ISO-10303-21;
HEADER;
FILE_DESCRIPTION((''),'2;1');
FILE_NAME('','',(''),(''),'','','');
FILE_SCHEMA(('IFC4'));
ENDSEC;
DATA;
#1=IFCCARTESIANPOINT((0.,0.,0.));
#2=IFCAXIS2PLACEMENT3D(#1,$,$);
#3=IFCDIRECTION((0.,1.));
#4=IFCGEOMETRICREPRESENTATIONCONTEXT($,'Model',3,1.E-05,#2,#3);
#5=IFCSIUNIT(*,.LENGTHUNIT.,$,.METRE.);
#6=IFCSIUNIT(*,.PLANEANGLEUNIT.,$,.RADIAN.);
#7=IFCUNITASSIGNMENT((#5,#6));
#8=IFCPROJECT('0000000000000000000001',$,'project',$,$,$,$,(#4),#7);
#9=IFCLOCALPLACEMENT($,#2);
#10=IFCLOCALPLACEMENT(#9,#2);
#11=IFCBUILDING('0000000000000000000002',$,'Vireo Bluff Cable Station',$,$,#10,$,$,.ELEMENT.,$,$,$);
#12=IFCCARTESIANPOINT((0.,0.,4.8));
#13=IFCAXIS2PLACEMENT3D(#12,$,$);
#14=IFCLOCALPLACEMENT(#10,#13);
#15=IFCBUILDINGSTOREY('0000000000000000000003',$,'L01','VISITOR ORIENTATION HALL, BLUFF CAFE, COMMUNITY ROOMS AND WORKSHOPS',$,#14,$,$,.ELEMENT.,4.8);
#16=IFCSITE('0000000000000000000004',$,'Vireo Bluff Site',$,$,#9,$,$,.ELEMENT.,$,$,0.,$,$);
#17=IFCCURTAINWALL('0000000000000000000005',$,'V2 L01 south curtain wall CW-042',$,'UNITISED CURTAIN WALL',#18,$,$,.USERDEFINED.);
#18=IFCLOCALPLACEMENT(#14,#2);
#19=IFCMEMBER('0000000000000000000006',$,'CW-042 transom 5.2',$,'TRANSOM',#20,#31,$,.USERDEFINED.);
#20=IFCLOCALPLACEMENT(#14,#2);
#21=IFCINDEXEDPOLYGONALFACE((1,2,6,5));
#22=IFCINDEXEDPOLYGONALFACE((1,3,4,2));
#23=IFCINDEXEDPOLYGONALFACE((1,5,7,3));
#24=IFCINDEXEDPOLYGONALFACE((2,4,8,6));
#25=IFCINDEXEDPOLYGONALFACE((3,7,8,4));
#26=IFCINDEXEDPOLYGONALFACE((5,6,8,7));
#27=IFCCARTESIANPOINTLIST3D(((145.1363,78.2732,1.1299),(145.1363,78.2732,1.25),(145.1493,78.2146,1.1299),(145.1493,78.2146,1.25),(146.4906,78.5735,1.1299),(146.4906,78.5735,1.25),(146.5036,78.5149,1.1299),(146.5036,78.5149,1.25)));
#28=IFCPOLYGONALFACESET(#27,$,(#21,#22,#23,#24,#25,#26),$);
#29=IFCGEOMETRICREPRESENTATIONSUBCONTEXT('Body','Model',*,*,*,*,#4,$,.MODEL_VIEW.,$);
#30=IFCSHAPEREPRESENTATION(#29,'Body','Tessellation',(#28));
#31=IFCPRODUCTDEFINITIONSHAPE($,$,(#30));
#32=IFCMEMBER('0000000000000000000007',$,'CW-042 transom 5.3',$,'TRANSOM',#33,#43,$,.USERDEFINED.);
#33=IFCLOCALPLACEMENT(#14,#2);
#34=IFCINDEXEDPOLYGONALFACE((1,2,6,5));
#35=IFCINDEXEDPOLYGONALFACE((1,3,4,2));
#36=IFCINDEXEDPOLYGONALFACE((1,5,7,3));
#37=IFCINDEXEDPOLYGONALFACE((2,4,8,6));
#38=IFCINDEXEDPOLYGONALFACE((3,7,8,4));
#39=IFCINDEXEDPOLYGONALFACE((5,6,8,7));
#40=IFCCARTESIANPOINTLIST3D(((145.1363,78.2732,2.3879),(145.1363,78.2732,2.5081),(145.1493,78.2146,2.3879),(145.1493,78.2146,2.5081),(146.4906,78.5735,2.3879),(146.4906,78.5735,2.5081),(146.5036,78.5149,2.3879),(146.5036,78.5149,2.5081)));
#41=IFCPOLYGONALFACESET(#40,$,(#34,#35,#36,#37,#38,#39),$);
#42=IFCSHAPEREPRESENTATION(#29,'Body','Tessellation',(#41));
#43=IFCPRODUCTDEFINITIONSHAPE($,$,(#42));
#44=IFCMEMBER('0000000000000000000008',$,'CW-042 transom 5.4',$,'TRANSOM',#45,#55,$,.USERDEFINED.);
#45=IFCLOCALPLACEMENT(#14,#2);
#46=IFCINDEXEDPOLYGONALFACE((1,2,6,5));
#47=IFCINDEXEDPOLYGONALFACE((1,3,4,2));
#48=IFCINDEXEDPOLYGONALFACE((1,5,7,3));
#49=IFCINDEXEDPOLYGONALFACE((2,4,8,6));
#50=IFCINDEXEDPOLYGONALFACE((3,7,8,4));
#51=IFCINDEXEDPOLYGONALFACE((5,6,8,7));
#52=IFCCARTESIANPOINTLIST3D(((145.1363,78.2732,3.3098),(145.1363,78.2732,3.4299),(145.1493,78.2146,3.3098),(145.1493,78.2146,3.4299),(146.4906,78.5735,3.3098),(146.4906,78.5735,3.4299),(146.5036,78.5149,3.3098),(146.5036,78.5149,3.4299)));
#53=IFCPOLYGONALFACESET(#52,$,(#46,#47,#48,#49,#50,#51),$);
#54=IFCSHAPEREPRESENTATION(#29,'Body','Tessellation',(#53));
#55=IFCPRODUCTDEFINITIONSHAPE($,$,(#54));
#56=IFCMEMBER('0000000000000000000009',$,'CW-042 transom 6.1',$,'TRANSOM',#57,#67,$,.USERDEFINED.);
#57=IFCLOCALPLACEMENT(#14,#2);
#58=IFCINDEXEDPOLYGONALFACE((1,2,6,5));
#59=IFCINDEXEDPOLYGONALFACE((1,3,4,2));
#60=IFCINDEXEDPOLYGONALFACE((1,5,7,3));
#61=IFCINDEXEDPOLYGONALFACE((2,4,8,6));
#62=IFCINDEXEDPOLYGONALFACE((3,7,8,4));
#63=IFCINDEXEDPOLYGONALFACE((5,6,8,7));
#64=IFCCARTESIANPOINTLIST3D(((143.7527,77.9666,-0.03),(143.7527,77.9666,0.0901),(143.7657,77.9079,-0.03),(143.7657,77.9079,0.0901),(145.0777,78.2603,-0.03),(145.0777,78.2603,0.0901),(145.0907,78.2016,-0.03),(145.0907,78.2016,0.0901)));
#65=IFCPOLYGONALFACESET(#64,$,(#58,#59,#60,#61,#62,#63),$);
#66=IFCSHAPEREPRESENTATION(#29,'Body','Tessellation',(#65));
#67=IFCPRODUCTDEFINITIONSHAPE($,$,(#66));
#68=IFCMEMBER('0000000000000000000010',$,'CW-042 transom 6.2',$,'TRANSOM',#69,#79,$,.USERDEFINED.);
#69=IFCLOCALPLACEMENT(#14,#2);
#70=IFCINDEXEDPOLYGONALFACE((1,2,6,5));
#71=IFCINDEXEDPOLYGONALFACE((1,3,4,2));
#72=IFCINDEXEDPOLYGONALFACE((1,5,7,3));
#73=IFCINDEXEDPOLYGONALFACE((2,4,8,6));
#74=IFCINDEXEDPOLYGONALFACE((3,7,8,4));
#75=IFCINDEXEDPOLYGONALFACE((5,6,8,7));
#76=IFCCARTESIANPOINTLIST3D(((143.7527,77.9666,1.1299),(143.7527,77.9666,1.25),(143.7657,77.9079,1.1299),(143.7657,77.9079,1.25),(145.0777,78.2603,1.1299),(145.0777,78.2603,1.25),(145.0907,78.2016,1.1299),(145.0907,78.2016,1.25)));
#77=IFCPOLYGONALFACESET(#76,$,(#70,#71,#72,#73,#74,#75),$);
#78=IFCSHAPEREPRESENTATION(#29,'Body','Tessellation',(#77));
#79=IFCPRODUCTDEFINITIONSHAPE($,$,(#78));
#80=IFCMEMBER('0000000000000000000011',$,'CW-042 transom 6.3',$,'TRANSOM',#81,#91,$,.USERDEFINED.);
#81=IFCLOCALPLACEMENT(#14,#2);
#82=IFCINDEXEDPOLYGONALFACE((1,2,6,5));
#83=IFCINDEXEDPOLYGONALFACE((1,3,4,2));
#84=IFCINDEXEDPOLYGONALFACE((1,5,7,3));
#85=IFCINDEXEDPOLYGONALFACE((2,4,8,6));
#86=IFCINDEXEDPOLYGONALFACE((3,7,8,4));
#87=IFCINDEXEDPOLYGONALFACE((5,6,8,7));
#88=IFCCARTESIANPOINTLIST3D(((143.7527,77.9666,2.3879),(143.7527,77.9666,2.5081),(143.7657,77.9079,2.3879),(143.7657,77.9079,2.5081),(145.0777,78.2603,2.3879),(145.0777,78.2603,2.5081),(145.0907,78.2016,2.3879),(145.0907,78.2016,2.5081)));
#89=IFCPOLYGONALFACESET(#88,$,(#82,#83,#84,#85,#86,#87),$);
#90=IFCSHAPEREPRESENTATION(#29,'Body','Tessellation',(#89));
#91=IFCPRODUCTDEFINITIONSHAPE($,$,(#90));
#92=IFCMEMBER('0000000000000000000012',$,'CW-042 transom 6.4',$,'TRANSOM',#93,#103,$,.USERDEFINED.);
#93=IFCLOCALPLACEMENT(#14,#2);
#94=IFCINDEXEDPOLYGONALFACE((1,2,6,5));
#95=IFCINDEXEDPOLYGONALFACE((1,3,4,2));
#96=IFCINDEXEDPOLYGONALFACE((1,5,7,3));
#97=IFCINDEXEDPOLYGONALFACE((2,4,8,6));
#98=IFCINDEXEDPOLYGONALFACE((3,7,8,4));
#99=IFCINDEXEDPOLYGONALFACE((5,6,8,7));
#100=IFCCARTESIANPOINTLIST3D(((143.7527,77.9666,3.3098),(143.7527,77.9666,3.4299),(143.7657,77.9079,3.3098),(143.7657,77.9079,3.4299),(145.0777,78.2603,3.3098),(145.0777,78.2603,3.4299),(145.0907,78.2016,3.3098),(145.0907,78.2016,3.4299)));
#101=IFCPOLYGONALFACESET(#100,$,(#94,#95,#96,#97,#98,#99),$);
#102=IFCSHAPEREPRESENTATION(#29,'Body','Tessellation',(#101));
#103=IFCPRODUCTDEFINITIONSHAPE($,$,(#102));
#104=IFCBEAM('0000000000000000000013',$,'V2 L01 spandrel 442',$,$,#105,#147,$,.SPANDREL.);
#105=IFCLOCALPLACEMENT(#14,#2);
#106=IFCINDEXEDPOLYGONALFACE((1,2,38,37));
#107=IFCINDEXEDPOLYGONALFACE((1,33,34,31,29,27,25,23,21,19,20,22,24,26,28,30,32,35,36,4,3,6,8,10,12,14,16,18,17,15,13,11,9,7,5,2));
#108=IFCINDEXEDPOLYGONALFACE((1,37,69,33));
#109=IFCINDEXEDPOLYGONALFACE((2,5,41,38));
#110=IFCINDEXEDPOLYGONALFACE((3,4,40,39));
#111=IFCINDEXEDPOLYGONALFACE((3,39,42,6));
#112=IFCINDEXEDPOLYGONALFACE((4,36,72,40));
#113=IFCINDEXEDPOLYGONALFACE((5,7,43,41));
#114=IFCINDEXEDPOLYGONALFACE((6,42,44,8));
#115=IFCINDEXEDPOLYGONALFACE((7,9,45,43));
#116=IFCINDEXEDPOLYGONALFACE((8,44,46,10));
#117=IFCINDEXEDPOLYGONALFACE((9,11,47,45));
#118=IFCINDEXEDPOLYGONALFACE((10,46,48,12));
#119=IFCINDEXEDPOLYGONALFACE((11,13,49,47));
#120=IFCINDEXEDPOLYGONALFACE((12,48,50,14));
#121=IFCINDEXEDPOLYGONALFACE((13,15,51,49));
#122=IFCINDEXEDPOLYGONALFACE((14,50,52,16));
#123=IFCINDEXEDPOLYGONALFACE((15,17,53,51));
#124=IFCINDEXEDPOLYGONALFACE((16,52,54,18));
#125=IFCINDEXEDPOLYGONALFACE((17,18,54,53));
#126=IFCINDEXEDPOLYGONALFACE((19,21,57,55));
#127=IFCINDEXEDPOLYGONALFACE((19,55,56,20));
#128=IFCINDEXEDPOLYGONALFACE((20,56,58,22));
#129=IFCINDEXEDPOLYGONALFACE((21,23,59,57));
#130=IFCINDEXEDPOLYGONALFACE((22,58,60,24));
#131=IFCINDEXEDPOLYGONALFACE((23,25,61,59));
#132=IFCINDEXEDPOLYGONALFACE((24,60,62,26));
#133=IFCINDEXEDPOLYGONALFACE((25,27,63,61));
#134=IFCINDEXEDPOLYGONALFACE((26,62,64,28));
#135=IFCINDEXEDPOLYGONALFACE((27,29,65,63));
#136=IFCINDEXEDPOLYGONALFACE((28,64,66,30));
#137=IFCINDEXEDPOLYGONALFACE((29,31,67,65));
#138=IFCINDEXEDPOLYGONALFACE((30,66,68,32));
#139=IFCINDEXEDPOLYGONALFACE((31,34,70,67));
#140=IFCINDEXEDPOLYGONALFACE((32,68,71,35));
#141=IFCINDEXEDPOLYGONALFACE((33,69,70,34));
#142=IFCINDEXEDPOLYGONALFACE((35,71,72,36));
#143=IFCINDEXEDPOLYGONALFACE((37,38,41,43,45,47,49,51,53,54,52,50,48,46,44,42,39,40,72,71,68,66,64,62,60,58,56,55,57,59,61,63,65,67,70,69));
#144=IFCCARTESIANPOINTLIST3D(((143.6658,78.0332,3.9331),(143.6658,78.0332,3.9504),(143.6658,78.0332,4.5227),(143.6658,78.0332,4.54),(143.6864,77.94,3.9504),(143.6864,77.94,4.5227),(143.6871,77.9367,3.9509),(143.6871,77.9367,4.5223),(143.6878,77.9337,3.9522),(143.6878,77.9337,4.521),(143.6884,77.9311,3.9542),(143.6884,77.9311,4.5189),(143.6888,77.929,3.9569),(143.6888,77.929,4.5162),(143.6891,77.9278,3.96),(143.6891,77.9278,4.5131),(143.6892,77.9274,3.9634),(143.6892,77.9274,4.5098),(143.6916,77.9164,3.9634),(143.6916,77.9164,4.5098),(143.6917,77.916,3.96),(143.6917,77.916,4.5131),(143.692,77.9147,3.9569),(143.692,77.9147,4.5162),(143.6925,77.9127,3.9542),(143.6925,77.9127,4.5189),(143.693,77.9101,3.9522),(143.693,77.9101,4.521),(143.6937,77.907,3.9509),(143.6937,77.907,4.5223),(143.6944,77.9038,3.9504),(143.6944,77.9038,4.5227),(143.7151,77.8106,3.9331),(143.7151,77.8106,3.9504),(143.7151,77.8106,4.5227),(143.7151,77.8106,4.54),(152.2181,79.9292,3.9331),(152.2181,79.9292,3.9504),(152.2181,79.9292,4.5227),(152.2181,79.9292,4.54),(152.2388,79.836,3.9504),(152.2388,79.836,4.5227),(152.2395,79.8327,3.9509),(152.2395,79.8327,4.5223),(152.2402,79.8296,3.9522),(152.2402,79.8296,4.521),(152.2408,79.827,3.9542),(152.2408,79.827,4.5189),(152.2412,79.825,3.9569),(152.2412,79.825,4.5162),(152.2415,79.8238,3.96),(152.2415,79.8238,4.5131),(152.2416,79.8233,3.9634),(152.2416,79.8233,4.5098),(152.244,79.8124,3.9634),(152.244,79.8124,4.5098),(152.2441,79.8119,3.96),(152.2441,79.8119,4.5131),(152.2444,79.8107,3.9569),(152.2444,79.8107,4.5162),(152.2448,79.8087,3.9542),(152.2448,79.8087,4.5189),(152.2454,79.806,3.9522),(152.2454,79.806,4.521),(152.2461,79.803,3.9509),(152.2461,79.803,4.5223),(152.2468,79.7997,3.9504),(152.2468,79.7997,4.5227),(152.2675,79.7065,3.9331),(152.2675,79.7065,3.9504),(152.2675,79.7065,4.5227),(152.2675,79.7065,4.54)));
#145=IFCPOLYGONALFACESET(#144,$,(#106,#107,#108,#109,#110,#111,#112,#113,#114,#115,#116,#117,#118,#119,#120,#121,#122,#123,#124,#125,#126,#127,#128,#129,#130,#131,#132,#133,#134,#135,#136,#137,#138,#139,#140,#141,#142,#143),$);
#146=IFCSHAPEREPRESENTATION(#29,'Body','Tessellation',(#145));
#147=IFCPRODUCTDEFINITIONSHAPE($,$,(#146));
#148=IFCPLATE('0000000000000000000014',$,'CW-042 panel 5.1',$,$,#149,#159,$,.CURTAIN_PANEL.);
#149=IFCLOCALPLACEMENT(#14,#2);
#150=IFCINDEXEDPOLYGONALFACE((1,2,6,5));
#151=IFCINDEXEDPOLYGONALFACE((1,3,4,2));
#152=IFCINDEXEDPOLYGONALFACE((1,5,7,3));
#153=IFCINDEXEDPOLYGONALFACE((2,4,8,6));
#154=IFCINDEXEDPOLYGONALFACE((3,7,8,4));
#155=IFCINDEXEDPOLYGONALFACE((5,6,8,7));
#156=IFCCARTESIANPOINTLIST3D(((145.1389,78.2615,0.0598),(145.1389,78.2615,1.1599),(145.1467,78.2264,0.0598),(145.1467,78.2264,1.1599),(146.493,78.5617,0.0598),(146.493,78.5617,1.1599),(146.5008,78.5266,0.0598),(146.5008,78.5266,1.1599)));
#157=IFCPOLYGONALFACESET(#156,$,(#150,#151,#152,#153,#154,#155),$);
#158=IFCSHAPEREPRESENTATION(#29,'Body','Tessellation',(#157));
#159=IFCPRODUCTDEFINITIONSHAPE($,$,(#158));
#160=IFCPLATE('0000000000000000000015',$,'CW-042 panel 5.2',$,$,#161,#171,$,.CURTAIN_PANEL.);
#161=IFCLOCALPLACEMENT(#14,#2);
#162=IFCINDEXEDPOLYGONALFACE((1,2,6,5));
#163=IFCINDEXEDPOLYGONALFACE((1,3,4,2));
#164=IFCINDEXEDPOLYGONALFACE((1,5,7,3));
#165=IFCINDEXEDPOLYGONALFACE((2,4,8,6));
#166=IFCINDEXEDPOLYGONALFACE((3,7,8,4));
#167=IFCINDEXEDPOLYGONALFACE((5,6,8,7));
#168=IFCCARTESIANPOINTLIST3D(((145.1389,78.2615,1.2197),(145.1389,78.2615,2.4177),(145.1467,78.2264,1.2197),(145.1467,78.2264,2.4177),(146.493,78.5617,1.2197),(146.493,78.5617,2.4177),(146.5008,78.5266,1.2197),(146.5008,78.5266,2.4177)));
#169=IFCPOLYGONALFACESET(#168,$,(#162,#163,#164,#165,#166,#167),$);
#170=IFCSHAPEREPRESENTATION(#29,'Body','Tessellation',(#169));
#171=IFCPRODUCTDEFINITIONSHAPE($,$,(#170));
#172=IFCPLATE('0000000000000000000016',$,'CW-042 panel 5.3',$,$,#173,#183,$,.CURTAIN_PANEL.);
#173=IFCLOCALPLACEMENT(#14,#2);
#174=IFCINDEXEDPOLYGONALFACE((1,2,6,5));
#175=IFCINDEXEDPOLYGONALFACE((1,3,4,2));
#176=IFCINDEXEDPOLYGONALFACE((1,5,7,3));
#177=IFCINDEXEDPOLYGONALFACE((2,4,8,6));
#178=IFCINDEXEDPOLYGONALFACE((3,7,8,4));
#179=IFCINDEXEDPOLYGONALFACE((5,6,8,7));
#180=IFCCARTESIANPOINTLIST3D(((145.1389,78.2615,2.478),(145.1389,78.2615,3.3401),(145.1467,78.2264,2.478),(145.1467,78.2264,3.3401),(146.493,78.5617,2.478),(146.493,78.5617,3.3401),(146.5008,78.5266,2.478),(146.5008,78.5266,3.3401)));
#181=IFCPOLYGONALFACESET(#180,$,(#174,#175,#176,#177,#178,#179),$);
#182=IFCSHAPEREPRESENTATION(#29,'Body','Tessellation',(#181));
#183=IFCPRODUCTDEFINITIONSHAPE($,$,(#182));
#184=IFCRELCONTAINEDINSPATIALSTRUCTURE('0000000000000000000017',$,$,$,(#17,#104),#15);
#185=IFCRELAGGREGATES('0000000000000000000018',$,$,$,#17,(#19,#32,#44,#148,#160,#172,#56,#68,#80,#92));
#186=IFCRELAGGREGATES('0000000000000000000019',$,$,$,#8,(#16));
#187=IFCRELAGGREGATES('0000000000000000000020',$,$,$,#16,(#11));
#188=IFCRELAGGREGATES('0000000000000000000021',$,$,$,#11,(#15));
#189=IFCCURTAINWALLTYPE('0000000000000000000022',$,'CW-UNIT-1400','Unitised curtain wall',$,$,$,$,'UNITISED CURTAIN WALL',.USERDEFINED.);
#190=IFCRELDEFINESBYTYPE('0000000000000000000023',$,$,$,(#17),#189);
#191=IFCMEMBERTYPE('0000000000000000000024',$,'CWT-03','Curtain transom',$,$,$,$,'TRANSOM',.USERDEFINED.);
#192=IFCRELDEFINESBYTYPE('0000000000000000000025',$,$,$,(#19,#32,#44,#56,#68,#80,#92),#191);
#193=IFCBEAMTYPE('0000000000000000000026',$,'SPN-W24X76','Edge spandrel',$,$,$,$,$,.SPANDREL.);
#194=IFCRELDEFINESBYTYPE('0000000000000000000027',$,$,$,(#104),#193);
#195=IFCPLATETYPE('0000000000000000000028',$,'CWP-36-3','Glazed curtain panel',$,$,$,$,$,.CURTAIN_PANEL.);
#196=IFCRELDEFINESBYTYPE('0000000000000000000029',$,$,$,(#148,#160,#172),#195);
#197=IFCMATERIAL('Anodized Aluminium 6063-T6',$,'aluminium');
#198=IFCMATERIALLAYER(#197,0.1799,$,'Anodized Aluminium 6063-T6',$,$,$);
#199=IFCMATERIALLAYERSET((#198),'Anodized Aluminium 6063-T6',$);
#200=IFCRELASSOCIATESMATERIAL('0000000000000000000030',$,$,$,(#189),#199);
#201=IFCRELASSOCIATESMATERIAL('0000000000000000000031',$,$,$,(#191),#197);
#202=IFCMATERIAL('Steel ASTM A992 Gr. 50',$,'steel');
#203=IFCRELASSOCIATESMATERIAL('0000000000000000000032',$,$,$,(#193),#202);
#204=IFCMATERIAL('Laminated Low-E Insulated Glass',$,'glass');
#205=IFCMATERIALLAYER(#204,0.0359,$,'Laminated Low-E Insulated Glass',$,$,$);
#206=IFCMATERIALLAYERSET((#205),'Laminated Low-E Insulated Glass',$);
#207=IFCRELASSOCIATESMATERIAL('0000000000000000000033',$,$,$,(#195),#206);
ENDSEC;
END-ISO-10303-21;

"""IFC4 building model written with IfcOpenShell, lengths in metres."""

from ifc_helpers import new_model, si_unit, direction, frame, origin, origin_2d, place, context, subcontext, project, spatial, rectangle, i_section, extrude, material, layer, layer_set, material_profile, profile_set, type_object, element, aggregate, save


model = new_model("IFC4")

# Units and contexts
model_context = context("Model", 3, precision=1e-05, world=origin(), true_north=direction((0.0, 1.0)))
body_context = subcontext(model_context, "Body", "Model", "MODEL_VIEW")
ifc_project = project(units=[si_unit("LENGTHUNIT", "METRE"), si_unit("PLANEANGLEUNIT", "RADIAN")], contexts=[model_context])

# Site, building, storey
site_placement = place(None, origin())
site = spatial("IfcSite", under=ifc_project, at=site_placement, Name="Vireo Bluff Site", CompositionType="ELEMENT", RefElevation=0.0)
building_placement = place(site_placement, origin())
building = spatial("IfcBuilding", under=site, at=building_placement, Name="Vireo Bluff Cable Station", CompositionType="ELEMENT")
storey_placement = place(building_placement, frame((0.0, 0.0, 4.8)))
storey = spatial("IfcBuildingStorey", under=building, at=storey_placement, Name="L01", Description="VISITOR ORIENTATION HALL, BLUFF CAFE, COMMUNITY ROOMS AND WORKSHOPS", CompositionType="ELEMENT", Elevation=4.8)

# Shared definitions
ifc_material_1 = material(Name="Steel ASTM A992 Gr. 50", Category="steel")

# Curtain wall, members
ifc_material_2 = material(Name="Anodized Aluminium 6063-T6", Category="aluminium")
ifc_layer_1 = layer(ifc_material_2, 0.1799, Name="Anodized Aluminium 6063-T6")
ifc_layer_set_1 = layer_set([ifc_layer_1], Name="Anodized Aluminium 6063-T6")
curtain_wall_type = type_object("IfcCurtainWallType", Name="CW-UNIT-1400", Description="Unitised curtain wall", ElementType="UNITISED CURTAIN WALL", PredefinedType="USERDEFINED", material=ifc_layer_set_1)
curtain_wall_placement = place(storey_placement, origin())
curtain_wall = element("IfcCurtainWall", 1, at=curtain_wall_placement, inside=storey, type_object=curtain_wall_type, Name="V2 L01 south curtain wall CW-042", ObjectType="UNITISED CURTAIN WALL", PredefinedType="USERDEFINED")
ifc_material_profile_1 = material_profile(ifc_material_2, rectangle(XDim=0.0601, YDim=0.1201, at=origin_2d()), Name="ALU-T-60X120")
ifc_profile_set_1 = profile_set([ifc_material_profile_1], Name="Anodized Aluminium 6063-T6")
member_type_1 = type_object("IfcMemberType", Name="CWT-03", Description="Curtain transom", ElementType="TRANSOM", PredefinedType="USERDEFINED", material=ifc_profile_set_1)
member_1_placement = place(storey_placement, frame((146.4971, 78.5442, 1.1899), z_axis=(-0.976286, -0.216483, 0.0), x_axis=(0.216483, -0.976286, 0.0)))
member_1 = element("IfcMember", 2, at=member_1_placement, type_object=member_type_1, Name="CW-042 transom 5.2", ObjectType="TRANSOM", PredefinedType="USERDEFINED", context=body_context, shape_type="SweptSolid", body=[
    extrude(rectangle(XDim=0.0601, YDim=0.1201, at=origin_2d()), origin(), (0.0, 0.0, 1.0), 1.3872),
])
member_2_placement = place(storey_placement, frame((146.4971, 78.5442, 2.448), z_axis=(-0.976286, -0.216483, 0.0), x_axis=(0.216483, -0.976286, 0.0)))
member_2 = element("IfcMember", 3, at=member_2_placement, type_object=member_type_1, Name="CW-042 transom 5.3", ObjectType="TRANSOM", PredefinedType="USERDEFINED", context=body_context, shape_type="SweptSolid", body=[
    extrude(rectangle(XDim=0.0601, YDim=0.1201, at=origin_2d()), origin(), (0.0, 0.0, 1.0), 1.3872),
])
member_3_placement = place(storey_placement, frame((146.4971, 78.5442, 3.3699), z_axis=(-0.976286, -0.216483, 0.0), x_axis=(0.216483, -0.976286, 0.0)))
member_3 = element("IfcMember", 4, at=member_3_placement, type_object=member_type_1, Name="CW-042 transom 5.4", ObjectType="TRANSOM", PredefinedType="USERDEFINED", context=body_context, shape_type="SweptSolid", body=[
    extrude(rectangle(XDim=0.0601, YDim=0.1201, at=origin_2d()), origin(), (0.0, 0.0, 1.0), 1.3872),
])
member_4_placement = place(storey_placement, frame((145.0842, 78.231, 0.03), z_axis=(-0.976301, -0.216416, 0.0), x_axis=(0.216416, -0.976301, 0.0)))
member_4 = element("IfcMember", 5, at=member_4_placement, type_object=member_type_1, Name="CW-042 transom 6.1", ObjectType="TRANSOM", PredefinedType="USERDEFINED", context=body_context, shape_type="SweptSolid", body=[
    extrude(rectangle(XDim=0.0601, YDim=0.1201, at=origin_2d()), origin(), (0.0, 0.0, 1.0), 1.3572),
])
member_5_placement = place(storey_placement, frame((145.0842, 78.231, 1.1899), z_axis=(-0.976301, -0.216416, 0.0), x_axis=(0.216416, -0.976301, 0.0)))
member_5 = element("IfcMember", 6, at=member_5_placement, type_object=member_type_1, Name="CW-042 transom 6.2", ObjectType="TRANSOM", PredefinedType="USERDEFINED", context=body_context, shape_type="SweptSolid", body=[
    extrude(rectangle(XDim=0.0601, YDim=0.1201, at=origin_2d()), origin(), (0.0, 0.0, 1.0), 1.3572),
])
member_6_placement = place(storey_placement, frame((145.0842, 78.231, 2.448), z_axis=(-0.976301, -0.216416, 0.0), x_axis=(0.216416, -0.976301, 0.0)))
member_6 = element("IfcMember", 7, at=member_6_placement, type_object=member_type_1, Name="CW-042 transom 6.3", ObjectType="TRANSOM", PredefinedType="USERDEFINED", context=body_context, shape_type="SweptSolid", body=[
    extrude(rectangle(XDim=0.0601, YDim=0.1201, at=origin_2d()), origin(), (0.0, 0.0, 1.0), 1.3572),
])
member_7_placement = place(storey_placement, frame((145.0842, 78.231, 3.3699), z_axis=(-0.976301, -0.216416, 0.0), x_axis=(0.216416, -0.976301, 0.0)))
member_7 = element("IfcMember", 8, at=member_7_placement, type_object=member_type_1, Name="CW-042 transom 6.4", ObjectType="TRANSOM", PredefinedType="USERDEFINED", context=body_context, shape_type="SweptSolid", body=[
    extrude(rectangle(XDim=0.0601, YDim=0.1201, at=origin_2d()), origin(), (0.0, 0.0, 1.0), 1.3572),
])

# Beam
ifc_material_profile_2 = material_profile(ifc_material_1, i_section(OverallWidth=0.228, OverallDepth=0.6069, WebThickness=0.0112, FlangeThickness=0.0173, FilletRadius=0.0129, at=origin_2d()), Name="W24X76")
ifc_profile_set_2 = profile_set([ifc_material_profile_2], Name="Steel ASTM A992 Gr. 50")
beam_type_1 = type_object("IfcBeamType", Name="SPN-W24X76", Description="Edge spandrel", PredefinedType="SPANDREL", material=ifc_profile_set_2)
beam_1_placement = place(storey_placement, frame((143.6904, 77.9219, 4.2366), z_axis=(0.976297, 0.216435, 0.0), x_axis=(-0.216435, 0.976297, 0.0)))
element("IfcBeam", 9, at=beam_1_placement, inside=storey, type_object=beam_type_1, Name="V2 L01 spandrel 442", PredefinedType="SPANDREL", context=body_context, shape_type="SweptSolid", body=[
    extrude(i_section(OverallWidth=0.228, OverallDepth=0.6069, WebThickness=0.0112, FlangeThickness=0.0173, FilletRadius=0.0129, at=origin_2d()), origin(), (0.0, 0.0, 1.0), 8.76),
])

# Plates
ifc_material_3 = material(Name="Laminated Low-E Insulated Glass", Category="glass")
ifc_layer_2 = layer(ifc_material_3, 0.0359, Name="Laminated Low-E Insulated Glass")
ifc_layer_set_2 = layer_set([ifc_layer_2], Name="Laminated Low-E Insulated Glass")
plate_type_1 = type_object("IfcPlateType", Name="CWP-36-3", Description="Glazed curtain panel", PredefinedType="CURTAIN_PANEL", material=ifc_layer_set_2)
plate_1_placement = place(storey_placement, frame((145.8198, 78.394, 0.0598), z_axis=(0.0, 0.0, 1.0), x_axis=(-0.976296, -0.21644, 0.0)))
plate_1 = element("IfcPlate", 10, at=plate_1_placement, type_object=plate_type_1, Name="CW-042 panel 5.1", PredefinedType="CURTAIN_PANEL", context=body_context, shape_type="SweptSolid", body=[
    extrude(rectangle(XDim=1.387, YDim=0.0359, at=origin_2d()), origin(), (0.0, 0.0, 1.0), 1.1001),
])
plate_2_placement = place(storey_placement, frame((145.8198, 78.394, 1.2197), z_axis=(0.0, 0.0, 1.0), x_axis=(-0.976296, -0.21644, 0.0)))
plate_2 = element("IfcPlate", 11, at=plate_2_placement, type_object=plate_type_1, Name="CW-042 panel 5.2", PredefinedType="CURTAIN_PANEL", context=body_context, shape_type="SweptSolid", body=[
    extrude(rectangle(XDim=1.387, YDim=0.0359, at=origin_2d()), origin(), (0.0, 0.0, 1.0), 1.198),
])
plate_3_placement = place(storey_placement, frame((145.8198, 78.394, 2.478), z_axis=(0.0, 0.0, 1.0), x_axis=(-0.976296, -0.21644, 0.0)))
plate_3 = element("IfcPlate", 12, at=plate_3_placement, type_object=plate_type_1, Name="CW-042 panel 5.3", PredefinedType="CURTAIN_PANEL", context=body_context, shape_type="SweptSolid", body=[
    extrude(rectangle(XDim=1.387, YDim=0.0359, at=origin_2d()), origin(), (0.0, 0.0, 1.0), 0.8621),
])
aggregate(curtain_wall, [member_1, member_2, member_3, plate_1, plate_2, plate_3, member_4, member_5, member_6, member_7])

save(model, "model.ifc")
